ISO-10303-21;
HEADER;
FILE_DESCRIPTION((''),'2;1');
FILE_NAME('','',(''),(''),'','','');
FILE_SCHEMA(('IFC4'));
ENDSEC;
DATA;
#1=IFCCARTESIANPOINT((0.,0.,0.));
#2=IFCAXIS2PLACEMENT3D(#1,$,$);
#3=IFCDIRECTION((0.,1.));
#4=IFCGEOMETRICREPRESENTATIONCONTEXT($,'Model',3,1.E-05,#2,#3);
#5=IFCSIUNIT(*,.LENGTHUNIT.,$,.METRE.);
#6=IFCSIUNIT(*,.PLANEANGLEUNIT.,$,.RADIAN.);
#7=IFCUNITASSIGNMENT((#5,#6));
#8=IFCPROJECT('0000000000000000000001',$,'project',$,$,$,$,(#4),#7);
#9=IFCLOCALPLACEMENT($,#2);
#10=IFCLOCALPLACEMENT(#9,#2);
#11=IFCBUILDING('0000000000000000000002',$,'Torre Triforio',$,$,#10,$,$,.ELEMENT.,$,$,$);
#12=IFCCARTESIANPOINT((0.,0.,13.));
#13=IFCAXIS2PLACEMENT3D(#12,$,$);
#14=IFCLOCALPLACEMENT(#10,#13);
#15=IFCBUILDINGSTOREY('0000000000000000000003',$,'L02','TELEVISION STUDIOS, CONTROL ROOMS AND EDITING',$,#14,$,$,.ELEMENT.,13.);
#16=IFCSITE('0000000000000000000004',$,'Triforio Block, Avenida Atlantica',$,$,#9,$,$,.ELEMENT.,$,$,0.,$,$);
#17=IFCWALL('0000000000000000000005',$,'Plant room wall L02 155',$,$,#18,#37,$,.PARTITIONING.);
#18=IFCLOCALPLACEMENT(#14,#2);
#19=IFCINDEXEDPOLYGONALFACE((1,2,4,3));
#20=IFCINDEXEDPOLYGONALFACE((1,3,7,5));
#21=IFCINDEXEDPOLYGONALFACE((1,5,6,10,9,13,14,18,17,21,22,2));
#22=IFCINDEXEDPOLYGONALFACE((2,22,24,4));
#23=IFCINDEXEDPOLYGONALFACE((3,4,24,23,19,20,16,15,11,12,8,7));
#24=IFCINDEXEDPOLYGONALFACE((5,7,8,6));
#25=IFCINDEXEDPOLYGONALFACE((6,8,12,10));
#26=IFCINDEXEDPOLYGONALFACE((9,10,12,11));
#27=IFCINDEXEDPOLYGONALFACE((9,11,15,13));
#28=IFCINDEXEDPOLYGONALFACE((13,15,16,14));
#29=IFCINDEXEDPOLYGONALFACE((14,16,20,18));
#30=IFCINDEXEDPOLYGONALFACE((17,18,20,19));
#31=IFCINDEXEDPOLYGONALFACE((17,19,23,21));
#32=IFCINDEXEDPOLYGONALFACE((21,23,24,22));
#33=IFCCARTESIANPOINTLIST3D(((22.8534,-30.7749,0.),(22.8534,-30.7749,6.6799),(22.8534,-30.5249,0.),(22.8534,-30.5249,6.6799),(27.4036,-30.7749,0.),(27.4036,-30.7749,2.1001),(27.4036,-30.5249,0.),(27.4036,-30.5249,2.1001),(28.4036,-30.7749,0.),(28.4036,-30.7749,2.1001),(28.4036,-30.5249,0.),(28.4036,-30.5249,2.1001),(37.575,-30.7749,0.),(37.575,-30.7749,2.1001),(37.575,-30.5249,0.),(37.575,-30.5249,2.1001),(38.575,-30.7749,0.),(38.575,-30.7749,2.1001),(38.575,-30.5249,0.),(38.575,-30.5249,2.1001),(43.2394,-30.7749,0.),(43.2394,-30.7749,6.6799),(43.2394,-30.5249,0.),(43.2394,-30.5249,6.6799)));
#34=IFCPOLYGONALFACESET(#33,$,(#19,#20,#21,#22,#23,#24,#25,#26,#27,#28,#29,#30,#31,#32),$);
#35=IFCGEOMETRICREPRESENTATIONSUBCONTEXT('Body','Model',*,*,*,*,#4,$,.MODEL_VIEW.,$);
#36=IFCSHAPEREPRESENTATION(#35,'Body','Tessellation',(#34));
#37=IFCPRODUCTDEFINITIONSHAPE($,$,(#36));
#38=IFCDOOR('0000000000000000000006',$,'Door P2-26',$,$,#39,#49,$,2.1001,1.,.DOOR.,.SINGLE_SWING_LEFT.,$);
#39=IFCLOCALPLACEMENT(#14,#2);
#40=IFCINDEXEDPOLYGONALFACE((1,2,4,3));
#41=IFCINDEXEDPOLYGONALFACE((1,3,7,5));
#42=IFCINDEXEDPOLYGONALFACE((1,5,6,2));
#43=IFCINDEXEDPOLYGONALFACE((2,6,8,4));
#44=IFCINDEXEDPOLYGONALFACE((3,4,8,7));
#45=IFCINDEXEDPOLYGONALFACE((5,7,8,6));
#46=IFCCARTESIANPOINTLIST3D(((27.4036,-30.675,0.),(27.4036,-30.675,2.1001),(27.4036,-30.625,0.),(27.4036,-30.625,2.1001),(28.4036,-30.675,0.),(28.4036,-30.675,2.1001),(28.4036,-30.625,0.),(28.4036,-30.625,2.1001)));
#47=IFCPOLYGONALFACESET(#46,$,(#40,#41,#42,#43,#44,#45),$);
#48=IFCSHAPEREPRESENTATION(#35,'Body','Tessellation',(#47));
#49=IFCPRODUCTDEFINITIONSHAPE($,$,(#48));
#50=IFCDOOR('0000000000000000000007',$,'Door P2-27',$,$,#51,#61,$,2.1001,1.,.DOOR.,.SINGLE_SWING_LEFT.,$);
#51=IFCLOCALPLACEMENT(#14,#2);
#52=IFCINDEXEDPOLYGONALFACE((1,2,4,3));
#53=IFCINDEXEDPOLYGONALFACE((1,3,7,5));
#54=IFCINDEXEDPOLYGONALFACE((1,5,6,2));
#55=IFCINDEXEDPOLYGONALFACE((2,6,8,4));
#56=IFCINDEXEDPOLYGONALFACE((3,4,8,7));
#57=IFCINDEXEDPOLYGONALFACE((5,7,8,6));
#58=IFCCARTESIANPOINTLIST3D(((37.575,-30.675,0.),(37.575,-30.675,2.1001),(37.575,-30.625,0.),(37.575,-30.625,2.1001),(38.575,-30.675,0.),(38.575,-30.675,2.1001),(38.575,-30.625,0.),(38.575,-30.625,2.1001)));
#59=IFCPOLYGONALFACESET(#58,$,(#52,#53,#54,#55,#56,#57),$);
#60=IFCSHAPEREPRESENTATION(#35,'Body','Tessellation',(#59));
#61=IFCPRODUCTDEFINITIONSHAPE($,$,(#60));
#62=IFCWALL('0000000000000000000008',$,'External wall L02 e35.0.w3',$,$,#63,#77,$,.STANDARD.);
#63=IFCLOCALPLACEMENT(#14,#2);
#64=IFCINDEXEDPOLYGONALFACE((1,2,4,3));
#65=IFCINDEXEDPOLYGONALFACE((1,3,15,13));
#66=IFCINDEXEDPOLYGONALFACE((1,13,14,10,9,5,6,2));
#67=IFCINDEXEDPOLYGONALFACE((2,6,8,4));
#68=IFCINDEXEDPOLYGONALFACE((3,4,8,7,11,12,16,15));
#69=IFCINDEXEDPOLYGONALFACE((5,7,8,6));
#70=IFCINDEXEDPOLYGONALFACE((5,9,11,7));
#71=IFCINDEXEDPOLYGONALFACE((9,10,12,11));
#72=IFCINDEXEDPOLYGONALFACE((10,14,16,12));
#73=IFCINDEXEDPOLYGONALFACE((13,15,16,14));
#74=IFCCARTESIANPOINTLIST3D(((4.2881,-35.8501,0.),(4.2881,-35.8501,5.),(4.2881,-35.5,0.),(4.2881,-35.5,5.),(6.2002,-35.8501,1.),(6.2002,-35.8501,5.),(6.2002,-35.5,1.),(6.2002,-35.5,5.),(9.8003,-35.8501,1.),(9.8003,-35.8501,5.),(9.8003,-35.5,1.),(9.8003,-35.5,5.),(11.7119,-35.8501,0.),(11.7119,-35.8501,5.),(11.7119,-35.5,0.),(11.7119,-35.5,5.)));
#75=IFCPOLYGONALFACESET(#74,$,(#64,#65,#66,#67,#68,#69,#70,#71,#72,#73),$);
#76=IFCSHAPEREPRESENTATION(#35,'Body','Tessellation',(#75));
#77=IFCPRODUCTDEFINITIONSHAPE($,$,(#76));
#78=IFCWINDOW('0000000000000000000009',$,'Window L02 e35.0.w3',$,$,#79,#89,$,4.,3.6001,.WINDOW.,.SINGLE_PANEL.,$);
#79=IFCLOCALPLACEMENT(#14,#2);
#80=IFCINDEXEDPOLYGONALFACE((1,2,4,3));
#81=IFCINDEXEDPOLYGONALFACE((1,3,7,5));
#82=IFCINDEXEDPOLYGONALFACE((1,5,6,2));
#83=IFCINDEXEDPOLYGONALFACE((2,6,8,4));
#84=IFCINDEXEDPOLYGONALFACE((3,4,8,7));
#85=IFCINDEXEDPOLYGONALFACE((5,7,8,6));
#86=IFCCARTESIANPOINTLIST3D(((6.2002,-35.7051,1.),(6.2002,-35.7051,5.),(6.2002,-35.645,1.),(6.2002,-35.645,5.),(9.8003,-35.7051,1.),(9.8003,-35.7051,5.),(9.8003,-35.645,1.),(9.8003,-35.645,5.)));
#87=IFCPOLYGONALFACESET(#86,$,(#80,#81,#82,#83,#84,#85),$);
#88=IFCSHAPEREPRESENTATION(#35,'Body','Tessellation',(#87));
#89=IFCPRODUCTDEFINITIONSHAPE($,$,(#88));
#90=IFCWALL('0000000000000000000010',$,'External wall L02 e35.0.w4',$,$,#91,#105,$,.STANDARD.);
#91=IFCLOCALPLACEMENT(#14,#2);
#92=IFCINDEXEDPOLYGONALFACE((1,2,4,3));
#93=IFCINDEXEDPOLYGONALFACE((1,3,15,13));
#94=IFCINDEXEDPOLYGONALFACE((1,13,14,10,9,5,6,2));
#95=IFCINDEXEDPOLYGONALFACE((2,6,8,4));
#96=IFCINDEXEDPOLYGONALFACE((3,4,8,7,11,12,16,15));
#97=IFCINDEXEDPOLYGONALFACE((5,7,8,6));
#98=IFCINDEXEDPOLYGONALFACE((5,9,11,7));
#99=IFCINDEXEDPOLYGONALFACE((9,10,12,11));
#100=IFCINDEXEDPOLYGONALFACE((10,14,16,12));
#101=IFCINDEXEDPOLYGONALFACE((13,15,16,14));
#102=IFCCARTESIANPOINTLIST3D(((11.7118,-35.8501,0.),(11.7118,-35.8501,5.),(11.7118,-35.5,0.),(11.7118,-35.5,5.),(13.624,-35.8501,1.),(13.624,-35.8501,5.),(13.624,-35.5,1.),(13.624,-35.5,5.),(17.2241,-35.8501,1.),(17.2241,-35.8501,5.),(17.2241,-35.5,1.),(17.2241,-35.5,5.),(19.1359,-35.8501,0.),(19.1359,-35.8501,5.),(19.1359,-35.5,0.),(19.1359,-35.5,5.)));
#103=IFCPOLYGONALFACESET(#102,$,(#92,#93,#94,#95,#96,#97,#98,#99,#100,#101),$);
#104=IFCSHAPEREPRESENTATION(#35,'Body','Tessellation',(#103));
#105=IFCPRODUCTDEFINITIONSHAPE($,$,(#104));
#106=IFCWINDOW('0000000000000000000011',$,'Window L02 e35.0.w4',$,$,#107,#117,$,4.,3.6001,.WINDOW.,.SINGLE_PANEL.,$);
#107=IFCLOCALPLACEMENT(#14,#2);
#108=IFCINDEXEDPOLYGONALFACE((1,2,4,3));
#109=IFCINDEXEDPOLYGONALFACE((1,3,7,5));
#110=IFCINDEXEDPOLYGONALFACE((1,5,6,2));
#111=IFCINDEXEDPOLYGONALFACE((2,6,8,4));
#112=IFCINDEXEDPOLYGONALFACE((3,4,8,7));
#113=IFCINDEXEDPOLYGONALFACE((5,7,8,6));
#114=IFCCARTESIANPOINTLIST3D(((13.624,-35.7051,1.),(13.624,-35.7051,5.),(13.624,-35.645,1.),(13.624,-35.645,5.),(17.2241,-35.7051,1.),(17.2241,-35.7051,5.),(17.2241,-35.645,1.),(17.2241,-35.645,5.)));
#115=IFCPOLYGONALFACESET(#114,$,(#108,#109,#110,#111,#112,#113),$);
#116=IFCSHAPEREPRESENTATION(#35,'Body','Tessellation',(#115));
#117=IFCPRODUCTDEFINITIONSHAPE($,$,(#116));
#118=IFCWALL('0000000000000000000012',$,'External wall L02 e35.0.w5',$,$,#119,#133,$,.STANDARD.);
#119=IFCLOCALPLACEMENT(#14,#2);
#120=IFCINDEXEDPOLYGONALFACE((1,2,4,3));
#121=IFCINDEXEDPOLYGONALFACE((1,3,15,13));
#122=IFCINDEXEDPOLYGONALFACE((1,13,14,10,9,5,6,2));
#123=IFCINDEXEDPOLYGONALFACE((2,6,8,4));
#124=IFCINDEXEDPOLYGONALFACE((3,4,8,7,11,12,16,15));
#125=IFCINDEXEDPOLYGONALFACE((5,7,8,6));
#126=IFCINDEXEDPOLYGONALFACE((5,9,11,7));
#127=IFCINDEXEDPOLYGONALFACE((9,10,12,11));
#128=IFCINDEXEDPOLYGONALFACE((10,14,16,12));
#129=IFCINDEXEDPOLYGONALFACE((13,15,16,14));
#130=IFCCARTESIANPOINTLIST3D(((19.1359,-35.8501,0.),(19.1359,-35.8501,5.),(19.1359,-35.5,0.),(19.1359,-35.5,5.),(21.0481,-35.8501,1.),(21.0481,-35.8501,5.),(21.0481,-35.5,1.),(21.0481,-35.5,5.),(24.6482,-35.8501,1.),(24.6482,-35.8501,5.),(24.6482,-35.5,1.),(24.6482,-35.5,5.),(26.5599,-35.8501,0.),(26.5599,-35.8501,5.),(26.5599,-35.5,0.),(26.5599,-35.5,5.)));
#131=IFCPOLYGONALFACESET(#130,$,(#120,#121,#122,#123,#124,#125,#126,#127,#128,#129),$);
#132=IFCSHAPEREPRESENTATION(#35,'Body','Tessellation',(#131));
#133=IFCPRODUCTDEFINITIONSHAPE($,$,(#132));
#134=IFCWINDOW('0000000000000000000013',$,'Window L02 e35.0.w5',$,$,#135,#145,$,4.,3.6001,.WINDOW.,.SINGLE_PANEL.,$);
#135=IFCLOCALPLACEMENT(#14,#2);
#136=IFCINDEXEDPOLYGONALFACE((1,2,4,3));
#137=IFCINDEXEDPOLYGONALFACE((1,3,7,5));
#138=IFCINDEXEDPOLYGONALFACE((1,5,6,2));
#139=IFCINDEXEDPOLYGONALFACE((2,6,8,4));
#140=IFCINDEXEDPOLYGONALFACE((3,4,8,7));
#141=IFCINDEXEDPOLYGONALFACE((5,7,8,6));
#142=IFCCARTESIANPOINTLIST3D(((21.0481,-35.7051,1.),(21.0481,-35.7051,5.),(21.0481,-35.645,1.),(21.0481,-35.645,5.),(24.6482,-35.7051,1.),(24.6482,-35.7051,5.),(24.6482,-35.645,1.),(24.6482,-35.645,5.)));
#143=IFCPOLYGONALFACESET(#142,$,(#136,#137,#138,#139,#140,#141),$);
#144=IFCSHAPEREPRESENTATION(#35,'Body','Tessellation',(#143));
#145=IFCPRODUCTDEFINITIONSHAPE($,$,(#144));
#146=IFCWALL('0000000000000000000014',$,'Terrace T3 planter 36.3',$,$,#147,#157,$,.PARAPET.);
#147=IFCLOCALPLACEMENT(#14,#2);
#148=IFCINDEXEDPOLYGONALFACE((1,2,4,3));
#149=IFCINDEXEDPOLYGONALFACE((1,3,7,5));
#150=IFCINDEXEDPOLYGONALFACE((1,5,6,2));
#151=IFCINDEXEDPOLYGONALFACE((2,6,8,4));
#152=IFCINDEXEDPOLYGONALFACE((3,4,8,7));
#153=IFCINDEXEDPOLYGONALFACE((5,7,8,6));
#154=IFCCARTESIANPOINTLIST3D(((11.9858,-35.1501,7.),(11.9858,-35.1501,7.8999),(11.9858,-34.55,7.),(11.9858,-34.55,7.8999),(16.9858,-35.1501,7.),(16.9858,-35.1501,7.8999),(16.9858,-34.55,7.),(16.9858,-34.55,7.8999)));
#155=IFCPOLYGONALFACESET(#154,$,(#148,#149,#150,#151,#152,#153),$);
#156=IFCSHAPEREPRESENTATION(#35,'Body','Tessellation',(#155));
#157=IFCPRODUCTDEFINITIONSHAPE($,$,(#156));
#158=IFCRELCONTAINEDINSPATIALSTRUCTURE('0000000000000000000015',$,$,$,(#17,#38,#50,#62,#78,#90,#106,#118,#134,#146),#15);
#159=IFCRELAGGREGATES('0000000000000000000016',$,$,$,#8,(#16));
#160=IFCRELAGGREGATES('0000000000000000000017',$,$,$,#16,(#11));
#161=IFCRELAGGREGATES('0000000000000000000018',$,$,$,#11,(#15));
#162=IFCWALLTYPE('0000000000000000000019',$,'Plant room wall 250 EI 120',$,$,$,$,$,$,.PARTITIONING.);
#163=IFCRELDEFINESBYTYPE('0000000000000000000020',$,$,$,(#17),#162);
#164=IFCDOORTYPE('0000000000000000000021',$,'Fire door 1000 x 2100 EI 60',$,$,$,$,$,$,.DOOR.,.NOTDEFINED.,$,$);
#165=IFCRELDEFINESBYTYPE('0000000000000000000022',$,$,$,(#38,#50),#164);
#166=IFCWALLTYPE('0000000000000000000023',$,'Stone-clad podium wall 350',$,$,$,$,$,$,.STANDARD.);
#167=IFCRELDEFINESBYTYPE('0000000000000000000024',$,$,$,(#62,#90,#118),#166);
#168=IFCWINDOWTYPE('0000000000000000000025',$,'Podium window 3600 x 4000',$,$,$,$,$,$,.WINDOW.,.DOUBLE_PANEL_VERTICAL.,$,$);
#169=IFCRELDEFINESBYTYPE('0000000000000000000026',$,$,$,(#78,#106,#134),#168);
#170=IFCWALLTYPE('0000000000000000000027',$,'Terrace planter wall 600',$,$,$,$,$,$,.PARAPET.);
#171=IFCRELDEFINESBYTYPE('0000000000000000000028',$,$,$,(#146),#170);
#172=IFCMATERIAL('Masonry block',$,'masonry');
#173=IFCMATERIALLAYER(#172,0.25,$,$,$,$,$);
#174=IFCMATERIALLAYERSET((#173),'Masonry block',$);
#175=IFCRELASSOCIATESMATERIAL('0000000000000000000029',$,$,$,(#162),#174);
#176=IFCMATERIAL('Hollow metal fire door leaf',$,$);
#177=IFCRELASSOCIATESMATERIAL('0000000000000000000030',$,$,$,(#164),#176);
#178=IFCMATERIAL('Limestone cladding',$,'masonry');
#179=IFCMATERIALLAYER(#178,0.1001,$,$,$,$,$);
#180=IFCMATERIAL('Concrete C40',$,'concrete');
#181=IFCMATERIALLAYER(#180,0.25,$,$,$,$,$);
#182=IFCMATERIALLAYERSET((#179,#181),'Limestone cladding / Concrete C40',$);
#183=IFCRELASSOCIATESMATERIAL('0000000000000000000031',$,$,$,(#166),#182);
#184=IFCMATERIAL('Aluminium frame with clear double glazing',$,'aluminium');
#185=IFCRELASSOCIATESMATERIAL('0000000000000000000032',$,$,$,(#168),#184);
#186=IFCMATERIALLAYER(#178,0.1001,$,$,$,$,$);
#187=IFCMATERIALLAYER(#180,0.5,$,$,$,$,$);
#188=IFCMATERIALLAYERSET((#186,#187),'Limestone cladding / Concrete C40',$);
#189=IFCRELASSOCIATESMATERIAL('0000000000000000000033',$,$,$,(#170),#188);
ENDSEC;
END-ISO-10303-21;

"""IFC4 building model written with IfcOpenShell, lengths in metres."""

from ifc_helpers import new_model, si_unit, direction, frame, frame_2d, origin, place, context, subcontext, project, spatial, rectangle, extrude, material, layer, layer_set, type_object, element, fill, save


model = new_model("IFC4")

# Units and contexts
model_context = context("Model", 3, precision=1e-05, world=origin(), true_north=direction((0.0, 1.0)))
body_context = subcontext(model_context, "Body", "Model", "MODEL_VIEW")
ifc_project = project(units=[si_unit("LENGTHUNIT", "METRE"), si_unit("PLANEANGLEUNIT", "RADIAN")], contexts=[model_context])

# Site, building, storey
site_placement = place(None, origin())
site = spatial("IfcSite", under=ifc_project, at=site_placement, Name="Triforio Block, Avenida Atlantica", CompositionType="ELEMENT", RefElevation=0.0)
building_placement = place(site_placement, origin())
building = spatial("IfcBuilding", under=site, at=building_placement, Name="Torre Triforio", CompositionType="ELEMENT")
storey_placement = place(building_placement, frame((0.0, 0.0, 13.0)))
storey = spatial("IfcBuildingStorey", under=building, at=storey_placement, Name="L02", Description="TELEVISION STUDIOS, CONTROL ROOMS AND EDITING", CompositionType="ELEMENT", Elevation=13.0)

# Shared definitions
ifc_material_1 = material(Name="Masonry block", Category="masonry")
ifc_layer_1 = layer(ifc_material_1, 0.25)
ifc_layer_set_1 = layer_set([ifc_layer_1], Name="Masonry block")
wall_type_1 = type_object("IfcWallType", Name="Plant room wall 250 EI 120", PredefinedType="PARTITIONING", material=ifc_layer_set_1)

# Wall, openings, doors
wall_1_placement = place(storey_placement, frame((22.8535, -30.6499, 0.0), z_axis=(0.0, 0.0, 1.0), x_axis=(1.0, 0.0, 0.0)))
wall_1 = element("IfcWall", 1, at=wall_1_placement, inside=storey, type_object=wall_type_1, Name="Plant room wall L02 155", PredefinedType="PARTITIONING", context=body_context, shape_type="SweptSolid", body=[
    extrude(rectangle(XDim=20.386, YDim=0.25, at=frame_2d((10.1929, 0.0))), origin(), (0.0, 0.0, 1.0), 6.6799),
])
opening_1_placement = place(wall_1_placement, frame((4.55, 0.0, 0.0)))
opening_1 = element("IfcOpeningElement", 2, at=opening_1_placement, cuts=wall_1, PredefinedType="OPENING", context=body_context, shape_type="SweptSolid", body=[
    extrude(rectangle(XDim=1.0, YDim=2.1001, at=frame_2d((0.5, 1.05))), frame((0.0, 0.135, 0.0), z_axis=(0.0, -1.0, 0.0), x_axis=(1.0, 0.0, 0.0)), (0.0, 0.0, 1.0), 0.27),
])
opening_2_placement = place(wall_1_placement, frame((14.7214, 0.0, 0.0)))
opening_2 = element("IfcOpeningElement", 3, at=opening_2_placement, cuts=wall_1, PredefinedType="OPENING", context=body_context, shape_type="SweptSolid", body=[
    extrude(rectangle(XDim=1.0, YDim=2.1001, at=frame_2d((0.5, 1.05))), frame((0.0, 0.135, 0.0), z_axis=(0.0, -1.0, 0.0), x_axis=(1.0, 0.0, 0.0)), (0.0, 0.0, 1.0), 0.27),
])
ifc_material_2 = material(Name="Hollow metal fire door leaf")
door_type = type_object("IfcDoorType", Name="Fire door 1000 x 2100 EI 60", OperationType="NOTDEFINED", PredefinedType="DOOR", material=ifc_material_2)
door_1_placement = place(opening_1_placement, origin())
door_1 = element("IfcDoor", 4, at=door_1_placement, inside=storey, type_object=door_type, Name="Door P2-26", OperationType="SINGLE_SWING_LEFT", OverallHeight=2.1001, OverallWidth=1.0, PredefinedType="DOOR", context=body_context, shape_type="SweptSolid", body=[
    extrude(rectangle(XDim=1.0, YDim=2.1001, at=frame_2d((0.5, 1.05))), frame((0.0, 0.0249, 0.0), z_axis=(0.0, -1.0, 0.0), x_axis=(1.0, 0.0, 0.0)), (0.0, 0.0, 1.0), 0.05),
])
fill(opening_1, door_1)
door_2_placement = place(opening_2_placement, origin())
door_2 = element("IfcDoor", 5, at=door_2_placement, inside=storey, type_object=door_type, Name="Door P2-27", OperationType="SINGLE_SWING_LEFT", OverallHeight=2.1001, OverallWidth=1.0, PredefinedType="DOOR", context=body_context, shape_type="SweptSolid", body=[
    extrude(rectangle(XDim=1.0, YDim=2.1001, at=frame_2d((0.5, 1.05))), frame((0.0, 0.0249, 0.0), z_axis=(0.0, -1.0, 0.0), x_axis=(1.0, 0.0, 0.0)), (0.0, 0.0, 1.0), 0.05),
])
fill(opening_2, door_2)

# Walls, openings, windows
ifc_material_3 = material(Name="Limestone cladding", Category="masonry")
ifc_layer_2 = layer(ifc_material_3, 0.1001)
ifc_material_4 = material(Name="Concrete C40", Category="concrete")
ifc_layer_3 = layer(ifc_material_4, 0.25)
ifc_layer_set_2 = layer_set([ifc_layer_2, ifc_layer_3], Name="Limestone cladding / Concrete C40")
wall_type_2 = type_object("IfcWallType", Name="Stone-clad podium wall 350", PredefinedType="STANDARD", material=ifc_layer_set_2)
wall_2_placement = place(storey_placement, frame((4.2881, -35.675, 0.0), z_axis=(0.0, 0.0, 1.0), x_axis=(1.0, 0.0, 0.0)))
wall_2 = element("IfcWall", 6, at=wall_2_placement, inside=storey, type_object=wall_type_2, Name="External wall L02 e35.0.w3", PredefinedType="STANDARD", context=body_context, shape_type="SweptSolid", body=[
    extrude(rectangle(XDim=7.4238, YDim=0.3501, at=frame_2d((3.7119, 0.0))), origin(), (0.0, 0.0, 1.0), 5.0),
])
opening_3_placement = place(wall_2_placement, frame((1.9121, 0.0, 1.0)))
opening_3 = element("IfcOpeningElement", 7, at=opening_3_placement, cuts=wall_2, PredefinedType="OPENING", context=body_context, shape_type="SweptSolid", body=[
    extrude(rectangle(XDim=3.6001, YDim=4.0, at=frame_2d((1.8, 2.0))), frame((0.0, 0.1851, 0.0), z_axis=(0.0, -1.0, 0.0), x_axis=(1.0, 0.0, 0.0)), (0.0, 0.0, 1.0), 0.3701),
])
ifc_material_5 = material(Name="Aluminium frame with clear double glazing", Category="aluminium")
window_type = type_object("IfcWindowType", Name="Podium window 3600 x 4000", PartitioningType="DOUBLE_PANEL_VERTICAL", PredefinedType="WINDOW", material=ifc_material_5)
window_1_placement = place(opening_3_placement, origin())
window_1 = element("IfcWindow", 8, at=window_1_placement, inside=storey, type_object=window_type, Name="Window L02 e35.0.w3", OverallHeight=4.0, OverallWidth=3.6001, PartitioningType="SINGLE_PANEL", PredefinedType="WINDOW", context=body_context, shape_type="SweptSolid", body=[
    extrude(rectangle(XDim=3.6001, YDim=4.0, at=frame_2d((1.8, 2.0))), frame((0.0, 0.03, 0.0), z_axis=(0.0, -1.0, 0.0), x_axis=(1.0, 0.0, 0.0)), (0.0, 0.0, 1.0), 0.0601),
])
fill(opening_3, window_1)
wall_3_placement = place(storey_placement, frame((11.7119, -35.675, 0.0), z_axis=(0.0, 0.0, 1.0), x_axis=(1.0, 0.0, 0.0)))
wall_3 = element("IfcWall", 9, at=wall_3_placement, inside=storey, type_object=wall_type_2, Name="External wall L02 e35.0.w4", PredefinedType="STANDARD", context=body_context, shape_type="SweptSolid", body=[
    extrude(rectangle(XDim=7.4241, YDim=0.3501, at=frame_2d((3.7119, 0.0))), origin(), (0.0, 0.0, 1.0), 5.0),
])
opening_4_placement = place(wall_3_placement, frame((1.9121, 0.0, 1.0)))
opening_4 = element("IfcOpeningElement", 10, at=opening_4_placement, cuts=wall_3, PredefinedType="OPENING", context=body_context, shape_type="SweptSolid", body=[
    extrude(rectangle(XDim=3.6001, YDim=4.0, at=frame_2d((1.8, 2.0))), frame((0.0, 0.1851, 0.0), z_axis=(0.0, -1.0, 0.0), x_axis=(1.0, 0.0, 0.0)), (0.0, 0.0, 1.0), 0.3701),
])
window_2_placement = place(opening_4_placement, origin())
window_2 = element("IfcWindow", 11, at=window_2_placement, inside=storey, type_object=window_type, Name="Window L02 e35.0.w4", OverallHeight=4.0, OverallWidth=3.6001, PartitioningType="SINGLE_PANEL", PredefinedType="WINDOW", context=body_context, shape_type="SweptSolid", body=[
    extrude(rectangle(XDim=3.6001, YDim=4.0, at=frame_2d((1.8, 2.0))), frame((0.0, 0.03, 0.0), z_axis=(0.0, -1.0, 0.0), x_axis=(1.0, 0.0, 0.0)), (0.0, 0.0, 1.0), 0.0601),
])
fill(opening_4, window_2)
wall_4_placement = place(storey_placement, frame((19.136, -35.675, 0.0), z_axis=(0.0, 0.0, 1.0), x_axis=(1.0, 0.0, 0.0)))
wall_4 = element("IfcWall", 12, at=wall_4_placement, inside=storey, type_object=wall_type_2, Name="External wall L02 e35.0.w5", PredefinedType="STANDARD", context=body_context, shape_type="SweptSolid", body=[
    extrude(rectangle(XDim=7.4241, YDim=0.3501, at=frame_2d((3.7119, 0.0))), origin(), (0.0, 0.0, 1.0), 5.0),
])
opening_5_placement = place(wall_4_placement, frame((1.9121, 0.0, 1.0)))
opening_5 = element("IfcOpeningElement", 13, at=opening_5_placement, cuts=wall_4, PredefinedType="OPENING", context=body_context, shape_type="SweptSolid", body=[
    extrude(rectangle(XDim=3.6001, YDim=4.0, at=frame_2d((1.8, 2.0))), frame((0.0, 0.1851, 0.0), z_axis=(0.0, -1.0, 0.0), x_axis=(1.0, 0.0, 0.0)), (0.0, 0.0, 1.0), 0.3701),
])
window_3_placement = place(opening_5_placement, origin())
window_3 = element("IfcWindow", 14, at=window_3_placement, inside=storey, type_object=window_type, Name="Window L02 e35.0.w5", OverallHeight=4.0, OverallWidth=3.6001, PartitioningType="SINGLE_PANEL", PredefinedType="WINDOW", context=body_context, shape_type="SweptSolid", body=[
    extrude(rectangle(XDim=3.6001, YDim=4.0, at=frame_2d((1.8, 2.0))), frame((0.0, 0.03, 0.0), z_axis=(0.0, -1.0, 0.0), x_axis=(1.0, 0.0, 0.0)), (0.0, 0.0, 1.0), 0.0601),
])
fill(opening_5, window_3)

# Wall
ifc_layer_4 = layer(ifc_material_3, 0.1001)
ifc_layer_5 = layer(ifc_material_4, 0.5)
ifc_layer_set_3 = layer_set([ifc_layer_4, ifc_layer_5], Name="Limestone cladding / Concrete C40")
wall_type_3 = type_object("IfcWallType", Name="Terrace planter wall 600", PredefinedType="PARAPET", material=ifc_layer_set_3)
wall_5_placement = place(storey_placement, frame((11.9858, -34.8501, 7.0), z_axis=(0.0, 0.0, 1.0), x_axis=(1.0, 0.0, 0.0)))
element("IfcWall", 15, at=wall_5_placement, inside=storey, type_object=wall_type_3, Name="Terrace T3 planter 36.3", PredefinedType="PARAPET", context=body_context, shape_type="SweptSolid", body=[
    extrude(rectangle(XDim=5.0, YDim=0.6001, at=frame_2d((2.5, 0.0))), origin(), (0.0, 0.0, 1.0), 0.8999),
])

save(model, "model.ifc")
